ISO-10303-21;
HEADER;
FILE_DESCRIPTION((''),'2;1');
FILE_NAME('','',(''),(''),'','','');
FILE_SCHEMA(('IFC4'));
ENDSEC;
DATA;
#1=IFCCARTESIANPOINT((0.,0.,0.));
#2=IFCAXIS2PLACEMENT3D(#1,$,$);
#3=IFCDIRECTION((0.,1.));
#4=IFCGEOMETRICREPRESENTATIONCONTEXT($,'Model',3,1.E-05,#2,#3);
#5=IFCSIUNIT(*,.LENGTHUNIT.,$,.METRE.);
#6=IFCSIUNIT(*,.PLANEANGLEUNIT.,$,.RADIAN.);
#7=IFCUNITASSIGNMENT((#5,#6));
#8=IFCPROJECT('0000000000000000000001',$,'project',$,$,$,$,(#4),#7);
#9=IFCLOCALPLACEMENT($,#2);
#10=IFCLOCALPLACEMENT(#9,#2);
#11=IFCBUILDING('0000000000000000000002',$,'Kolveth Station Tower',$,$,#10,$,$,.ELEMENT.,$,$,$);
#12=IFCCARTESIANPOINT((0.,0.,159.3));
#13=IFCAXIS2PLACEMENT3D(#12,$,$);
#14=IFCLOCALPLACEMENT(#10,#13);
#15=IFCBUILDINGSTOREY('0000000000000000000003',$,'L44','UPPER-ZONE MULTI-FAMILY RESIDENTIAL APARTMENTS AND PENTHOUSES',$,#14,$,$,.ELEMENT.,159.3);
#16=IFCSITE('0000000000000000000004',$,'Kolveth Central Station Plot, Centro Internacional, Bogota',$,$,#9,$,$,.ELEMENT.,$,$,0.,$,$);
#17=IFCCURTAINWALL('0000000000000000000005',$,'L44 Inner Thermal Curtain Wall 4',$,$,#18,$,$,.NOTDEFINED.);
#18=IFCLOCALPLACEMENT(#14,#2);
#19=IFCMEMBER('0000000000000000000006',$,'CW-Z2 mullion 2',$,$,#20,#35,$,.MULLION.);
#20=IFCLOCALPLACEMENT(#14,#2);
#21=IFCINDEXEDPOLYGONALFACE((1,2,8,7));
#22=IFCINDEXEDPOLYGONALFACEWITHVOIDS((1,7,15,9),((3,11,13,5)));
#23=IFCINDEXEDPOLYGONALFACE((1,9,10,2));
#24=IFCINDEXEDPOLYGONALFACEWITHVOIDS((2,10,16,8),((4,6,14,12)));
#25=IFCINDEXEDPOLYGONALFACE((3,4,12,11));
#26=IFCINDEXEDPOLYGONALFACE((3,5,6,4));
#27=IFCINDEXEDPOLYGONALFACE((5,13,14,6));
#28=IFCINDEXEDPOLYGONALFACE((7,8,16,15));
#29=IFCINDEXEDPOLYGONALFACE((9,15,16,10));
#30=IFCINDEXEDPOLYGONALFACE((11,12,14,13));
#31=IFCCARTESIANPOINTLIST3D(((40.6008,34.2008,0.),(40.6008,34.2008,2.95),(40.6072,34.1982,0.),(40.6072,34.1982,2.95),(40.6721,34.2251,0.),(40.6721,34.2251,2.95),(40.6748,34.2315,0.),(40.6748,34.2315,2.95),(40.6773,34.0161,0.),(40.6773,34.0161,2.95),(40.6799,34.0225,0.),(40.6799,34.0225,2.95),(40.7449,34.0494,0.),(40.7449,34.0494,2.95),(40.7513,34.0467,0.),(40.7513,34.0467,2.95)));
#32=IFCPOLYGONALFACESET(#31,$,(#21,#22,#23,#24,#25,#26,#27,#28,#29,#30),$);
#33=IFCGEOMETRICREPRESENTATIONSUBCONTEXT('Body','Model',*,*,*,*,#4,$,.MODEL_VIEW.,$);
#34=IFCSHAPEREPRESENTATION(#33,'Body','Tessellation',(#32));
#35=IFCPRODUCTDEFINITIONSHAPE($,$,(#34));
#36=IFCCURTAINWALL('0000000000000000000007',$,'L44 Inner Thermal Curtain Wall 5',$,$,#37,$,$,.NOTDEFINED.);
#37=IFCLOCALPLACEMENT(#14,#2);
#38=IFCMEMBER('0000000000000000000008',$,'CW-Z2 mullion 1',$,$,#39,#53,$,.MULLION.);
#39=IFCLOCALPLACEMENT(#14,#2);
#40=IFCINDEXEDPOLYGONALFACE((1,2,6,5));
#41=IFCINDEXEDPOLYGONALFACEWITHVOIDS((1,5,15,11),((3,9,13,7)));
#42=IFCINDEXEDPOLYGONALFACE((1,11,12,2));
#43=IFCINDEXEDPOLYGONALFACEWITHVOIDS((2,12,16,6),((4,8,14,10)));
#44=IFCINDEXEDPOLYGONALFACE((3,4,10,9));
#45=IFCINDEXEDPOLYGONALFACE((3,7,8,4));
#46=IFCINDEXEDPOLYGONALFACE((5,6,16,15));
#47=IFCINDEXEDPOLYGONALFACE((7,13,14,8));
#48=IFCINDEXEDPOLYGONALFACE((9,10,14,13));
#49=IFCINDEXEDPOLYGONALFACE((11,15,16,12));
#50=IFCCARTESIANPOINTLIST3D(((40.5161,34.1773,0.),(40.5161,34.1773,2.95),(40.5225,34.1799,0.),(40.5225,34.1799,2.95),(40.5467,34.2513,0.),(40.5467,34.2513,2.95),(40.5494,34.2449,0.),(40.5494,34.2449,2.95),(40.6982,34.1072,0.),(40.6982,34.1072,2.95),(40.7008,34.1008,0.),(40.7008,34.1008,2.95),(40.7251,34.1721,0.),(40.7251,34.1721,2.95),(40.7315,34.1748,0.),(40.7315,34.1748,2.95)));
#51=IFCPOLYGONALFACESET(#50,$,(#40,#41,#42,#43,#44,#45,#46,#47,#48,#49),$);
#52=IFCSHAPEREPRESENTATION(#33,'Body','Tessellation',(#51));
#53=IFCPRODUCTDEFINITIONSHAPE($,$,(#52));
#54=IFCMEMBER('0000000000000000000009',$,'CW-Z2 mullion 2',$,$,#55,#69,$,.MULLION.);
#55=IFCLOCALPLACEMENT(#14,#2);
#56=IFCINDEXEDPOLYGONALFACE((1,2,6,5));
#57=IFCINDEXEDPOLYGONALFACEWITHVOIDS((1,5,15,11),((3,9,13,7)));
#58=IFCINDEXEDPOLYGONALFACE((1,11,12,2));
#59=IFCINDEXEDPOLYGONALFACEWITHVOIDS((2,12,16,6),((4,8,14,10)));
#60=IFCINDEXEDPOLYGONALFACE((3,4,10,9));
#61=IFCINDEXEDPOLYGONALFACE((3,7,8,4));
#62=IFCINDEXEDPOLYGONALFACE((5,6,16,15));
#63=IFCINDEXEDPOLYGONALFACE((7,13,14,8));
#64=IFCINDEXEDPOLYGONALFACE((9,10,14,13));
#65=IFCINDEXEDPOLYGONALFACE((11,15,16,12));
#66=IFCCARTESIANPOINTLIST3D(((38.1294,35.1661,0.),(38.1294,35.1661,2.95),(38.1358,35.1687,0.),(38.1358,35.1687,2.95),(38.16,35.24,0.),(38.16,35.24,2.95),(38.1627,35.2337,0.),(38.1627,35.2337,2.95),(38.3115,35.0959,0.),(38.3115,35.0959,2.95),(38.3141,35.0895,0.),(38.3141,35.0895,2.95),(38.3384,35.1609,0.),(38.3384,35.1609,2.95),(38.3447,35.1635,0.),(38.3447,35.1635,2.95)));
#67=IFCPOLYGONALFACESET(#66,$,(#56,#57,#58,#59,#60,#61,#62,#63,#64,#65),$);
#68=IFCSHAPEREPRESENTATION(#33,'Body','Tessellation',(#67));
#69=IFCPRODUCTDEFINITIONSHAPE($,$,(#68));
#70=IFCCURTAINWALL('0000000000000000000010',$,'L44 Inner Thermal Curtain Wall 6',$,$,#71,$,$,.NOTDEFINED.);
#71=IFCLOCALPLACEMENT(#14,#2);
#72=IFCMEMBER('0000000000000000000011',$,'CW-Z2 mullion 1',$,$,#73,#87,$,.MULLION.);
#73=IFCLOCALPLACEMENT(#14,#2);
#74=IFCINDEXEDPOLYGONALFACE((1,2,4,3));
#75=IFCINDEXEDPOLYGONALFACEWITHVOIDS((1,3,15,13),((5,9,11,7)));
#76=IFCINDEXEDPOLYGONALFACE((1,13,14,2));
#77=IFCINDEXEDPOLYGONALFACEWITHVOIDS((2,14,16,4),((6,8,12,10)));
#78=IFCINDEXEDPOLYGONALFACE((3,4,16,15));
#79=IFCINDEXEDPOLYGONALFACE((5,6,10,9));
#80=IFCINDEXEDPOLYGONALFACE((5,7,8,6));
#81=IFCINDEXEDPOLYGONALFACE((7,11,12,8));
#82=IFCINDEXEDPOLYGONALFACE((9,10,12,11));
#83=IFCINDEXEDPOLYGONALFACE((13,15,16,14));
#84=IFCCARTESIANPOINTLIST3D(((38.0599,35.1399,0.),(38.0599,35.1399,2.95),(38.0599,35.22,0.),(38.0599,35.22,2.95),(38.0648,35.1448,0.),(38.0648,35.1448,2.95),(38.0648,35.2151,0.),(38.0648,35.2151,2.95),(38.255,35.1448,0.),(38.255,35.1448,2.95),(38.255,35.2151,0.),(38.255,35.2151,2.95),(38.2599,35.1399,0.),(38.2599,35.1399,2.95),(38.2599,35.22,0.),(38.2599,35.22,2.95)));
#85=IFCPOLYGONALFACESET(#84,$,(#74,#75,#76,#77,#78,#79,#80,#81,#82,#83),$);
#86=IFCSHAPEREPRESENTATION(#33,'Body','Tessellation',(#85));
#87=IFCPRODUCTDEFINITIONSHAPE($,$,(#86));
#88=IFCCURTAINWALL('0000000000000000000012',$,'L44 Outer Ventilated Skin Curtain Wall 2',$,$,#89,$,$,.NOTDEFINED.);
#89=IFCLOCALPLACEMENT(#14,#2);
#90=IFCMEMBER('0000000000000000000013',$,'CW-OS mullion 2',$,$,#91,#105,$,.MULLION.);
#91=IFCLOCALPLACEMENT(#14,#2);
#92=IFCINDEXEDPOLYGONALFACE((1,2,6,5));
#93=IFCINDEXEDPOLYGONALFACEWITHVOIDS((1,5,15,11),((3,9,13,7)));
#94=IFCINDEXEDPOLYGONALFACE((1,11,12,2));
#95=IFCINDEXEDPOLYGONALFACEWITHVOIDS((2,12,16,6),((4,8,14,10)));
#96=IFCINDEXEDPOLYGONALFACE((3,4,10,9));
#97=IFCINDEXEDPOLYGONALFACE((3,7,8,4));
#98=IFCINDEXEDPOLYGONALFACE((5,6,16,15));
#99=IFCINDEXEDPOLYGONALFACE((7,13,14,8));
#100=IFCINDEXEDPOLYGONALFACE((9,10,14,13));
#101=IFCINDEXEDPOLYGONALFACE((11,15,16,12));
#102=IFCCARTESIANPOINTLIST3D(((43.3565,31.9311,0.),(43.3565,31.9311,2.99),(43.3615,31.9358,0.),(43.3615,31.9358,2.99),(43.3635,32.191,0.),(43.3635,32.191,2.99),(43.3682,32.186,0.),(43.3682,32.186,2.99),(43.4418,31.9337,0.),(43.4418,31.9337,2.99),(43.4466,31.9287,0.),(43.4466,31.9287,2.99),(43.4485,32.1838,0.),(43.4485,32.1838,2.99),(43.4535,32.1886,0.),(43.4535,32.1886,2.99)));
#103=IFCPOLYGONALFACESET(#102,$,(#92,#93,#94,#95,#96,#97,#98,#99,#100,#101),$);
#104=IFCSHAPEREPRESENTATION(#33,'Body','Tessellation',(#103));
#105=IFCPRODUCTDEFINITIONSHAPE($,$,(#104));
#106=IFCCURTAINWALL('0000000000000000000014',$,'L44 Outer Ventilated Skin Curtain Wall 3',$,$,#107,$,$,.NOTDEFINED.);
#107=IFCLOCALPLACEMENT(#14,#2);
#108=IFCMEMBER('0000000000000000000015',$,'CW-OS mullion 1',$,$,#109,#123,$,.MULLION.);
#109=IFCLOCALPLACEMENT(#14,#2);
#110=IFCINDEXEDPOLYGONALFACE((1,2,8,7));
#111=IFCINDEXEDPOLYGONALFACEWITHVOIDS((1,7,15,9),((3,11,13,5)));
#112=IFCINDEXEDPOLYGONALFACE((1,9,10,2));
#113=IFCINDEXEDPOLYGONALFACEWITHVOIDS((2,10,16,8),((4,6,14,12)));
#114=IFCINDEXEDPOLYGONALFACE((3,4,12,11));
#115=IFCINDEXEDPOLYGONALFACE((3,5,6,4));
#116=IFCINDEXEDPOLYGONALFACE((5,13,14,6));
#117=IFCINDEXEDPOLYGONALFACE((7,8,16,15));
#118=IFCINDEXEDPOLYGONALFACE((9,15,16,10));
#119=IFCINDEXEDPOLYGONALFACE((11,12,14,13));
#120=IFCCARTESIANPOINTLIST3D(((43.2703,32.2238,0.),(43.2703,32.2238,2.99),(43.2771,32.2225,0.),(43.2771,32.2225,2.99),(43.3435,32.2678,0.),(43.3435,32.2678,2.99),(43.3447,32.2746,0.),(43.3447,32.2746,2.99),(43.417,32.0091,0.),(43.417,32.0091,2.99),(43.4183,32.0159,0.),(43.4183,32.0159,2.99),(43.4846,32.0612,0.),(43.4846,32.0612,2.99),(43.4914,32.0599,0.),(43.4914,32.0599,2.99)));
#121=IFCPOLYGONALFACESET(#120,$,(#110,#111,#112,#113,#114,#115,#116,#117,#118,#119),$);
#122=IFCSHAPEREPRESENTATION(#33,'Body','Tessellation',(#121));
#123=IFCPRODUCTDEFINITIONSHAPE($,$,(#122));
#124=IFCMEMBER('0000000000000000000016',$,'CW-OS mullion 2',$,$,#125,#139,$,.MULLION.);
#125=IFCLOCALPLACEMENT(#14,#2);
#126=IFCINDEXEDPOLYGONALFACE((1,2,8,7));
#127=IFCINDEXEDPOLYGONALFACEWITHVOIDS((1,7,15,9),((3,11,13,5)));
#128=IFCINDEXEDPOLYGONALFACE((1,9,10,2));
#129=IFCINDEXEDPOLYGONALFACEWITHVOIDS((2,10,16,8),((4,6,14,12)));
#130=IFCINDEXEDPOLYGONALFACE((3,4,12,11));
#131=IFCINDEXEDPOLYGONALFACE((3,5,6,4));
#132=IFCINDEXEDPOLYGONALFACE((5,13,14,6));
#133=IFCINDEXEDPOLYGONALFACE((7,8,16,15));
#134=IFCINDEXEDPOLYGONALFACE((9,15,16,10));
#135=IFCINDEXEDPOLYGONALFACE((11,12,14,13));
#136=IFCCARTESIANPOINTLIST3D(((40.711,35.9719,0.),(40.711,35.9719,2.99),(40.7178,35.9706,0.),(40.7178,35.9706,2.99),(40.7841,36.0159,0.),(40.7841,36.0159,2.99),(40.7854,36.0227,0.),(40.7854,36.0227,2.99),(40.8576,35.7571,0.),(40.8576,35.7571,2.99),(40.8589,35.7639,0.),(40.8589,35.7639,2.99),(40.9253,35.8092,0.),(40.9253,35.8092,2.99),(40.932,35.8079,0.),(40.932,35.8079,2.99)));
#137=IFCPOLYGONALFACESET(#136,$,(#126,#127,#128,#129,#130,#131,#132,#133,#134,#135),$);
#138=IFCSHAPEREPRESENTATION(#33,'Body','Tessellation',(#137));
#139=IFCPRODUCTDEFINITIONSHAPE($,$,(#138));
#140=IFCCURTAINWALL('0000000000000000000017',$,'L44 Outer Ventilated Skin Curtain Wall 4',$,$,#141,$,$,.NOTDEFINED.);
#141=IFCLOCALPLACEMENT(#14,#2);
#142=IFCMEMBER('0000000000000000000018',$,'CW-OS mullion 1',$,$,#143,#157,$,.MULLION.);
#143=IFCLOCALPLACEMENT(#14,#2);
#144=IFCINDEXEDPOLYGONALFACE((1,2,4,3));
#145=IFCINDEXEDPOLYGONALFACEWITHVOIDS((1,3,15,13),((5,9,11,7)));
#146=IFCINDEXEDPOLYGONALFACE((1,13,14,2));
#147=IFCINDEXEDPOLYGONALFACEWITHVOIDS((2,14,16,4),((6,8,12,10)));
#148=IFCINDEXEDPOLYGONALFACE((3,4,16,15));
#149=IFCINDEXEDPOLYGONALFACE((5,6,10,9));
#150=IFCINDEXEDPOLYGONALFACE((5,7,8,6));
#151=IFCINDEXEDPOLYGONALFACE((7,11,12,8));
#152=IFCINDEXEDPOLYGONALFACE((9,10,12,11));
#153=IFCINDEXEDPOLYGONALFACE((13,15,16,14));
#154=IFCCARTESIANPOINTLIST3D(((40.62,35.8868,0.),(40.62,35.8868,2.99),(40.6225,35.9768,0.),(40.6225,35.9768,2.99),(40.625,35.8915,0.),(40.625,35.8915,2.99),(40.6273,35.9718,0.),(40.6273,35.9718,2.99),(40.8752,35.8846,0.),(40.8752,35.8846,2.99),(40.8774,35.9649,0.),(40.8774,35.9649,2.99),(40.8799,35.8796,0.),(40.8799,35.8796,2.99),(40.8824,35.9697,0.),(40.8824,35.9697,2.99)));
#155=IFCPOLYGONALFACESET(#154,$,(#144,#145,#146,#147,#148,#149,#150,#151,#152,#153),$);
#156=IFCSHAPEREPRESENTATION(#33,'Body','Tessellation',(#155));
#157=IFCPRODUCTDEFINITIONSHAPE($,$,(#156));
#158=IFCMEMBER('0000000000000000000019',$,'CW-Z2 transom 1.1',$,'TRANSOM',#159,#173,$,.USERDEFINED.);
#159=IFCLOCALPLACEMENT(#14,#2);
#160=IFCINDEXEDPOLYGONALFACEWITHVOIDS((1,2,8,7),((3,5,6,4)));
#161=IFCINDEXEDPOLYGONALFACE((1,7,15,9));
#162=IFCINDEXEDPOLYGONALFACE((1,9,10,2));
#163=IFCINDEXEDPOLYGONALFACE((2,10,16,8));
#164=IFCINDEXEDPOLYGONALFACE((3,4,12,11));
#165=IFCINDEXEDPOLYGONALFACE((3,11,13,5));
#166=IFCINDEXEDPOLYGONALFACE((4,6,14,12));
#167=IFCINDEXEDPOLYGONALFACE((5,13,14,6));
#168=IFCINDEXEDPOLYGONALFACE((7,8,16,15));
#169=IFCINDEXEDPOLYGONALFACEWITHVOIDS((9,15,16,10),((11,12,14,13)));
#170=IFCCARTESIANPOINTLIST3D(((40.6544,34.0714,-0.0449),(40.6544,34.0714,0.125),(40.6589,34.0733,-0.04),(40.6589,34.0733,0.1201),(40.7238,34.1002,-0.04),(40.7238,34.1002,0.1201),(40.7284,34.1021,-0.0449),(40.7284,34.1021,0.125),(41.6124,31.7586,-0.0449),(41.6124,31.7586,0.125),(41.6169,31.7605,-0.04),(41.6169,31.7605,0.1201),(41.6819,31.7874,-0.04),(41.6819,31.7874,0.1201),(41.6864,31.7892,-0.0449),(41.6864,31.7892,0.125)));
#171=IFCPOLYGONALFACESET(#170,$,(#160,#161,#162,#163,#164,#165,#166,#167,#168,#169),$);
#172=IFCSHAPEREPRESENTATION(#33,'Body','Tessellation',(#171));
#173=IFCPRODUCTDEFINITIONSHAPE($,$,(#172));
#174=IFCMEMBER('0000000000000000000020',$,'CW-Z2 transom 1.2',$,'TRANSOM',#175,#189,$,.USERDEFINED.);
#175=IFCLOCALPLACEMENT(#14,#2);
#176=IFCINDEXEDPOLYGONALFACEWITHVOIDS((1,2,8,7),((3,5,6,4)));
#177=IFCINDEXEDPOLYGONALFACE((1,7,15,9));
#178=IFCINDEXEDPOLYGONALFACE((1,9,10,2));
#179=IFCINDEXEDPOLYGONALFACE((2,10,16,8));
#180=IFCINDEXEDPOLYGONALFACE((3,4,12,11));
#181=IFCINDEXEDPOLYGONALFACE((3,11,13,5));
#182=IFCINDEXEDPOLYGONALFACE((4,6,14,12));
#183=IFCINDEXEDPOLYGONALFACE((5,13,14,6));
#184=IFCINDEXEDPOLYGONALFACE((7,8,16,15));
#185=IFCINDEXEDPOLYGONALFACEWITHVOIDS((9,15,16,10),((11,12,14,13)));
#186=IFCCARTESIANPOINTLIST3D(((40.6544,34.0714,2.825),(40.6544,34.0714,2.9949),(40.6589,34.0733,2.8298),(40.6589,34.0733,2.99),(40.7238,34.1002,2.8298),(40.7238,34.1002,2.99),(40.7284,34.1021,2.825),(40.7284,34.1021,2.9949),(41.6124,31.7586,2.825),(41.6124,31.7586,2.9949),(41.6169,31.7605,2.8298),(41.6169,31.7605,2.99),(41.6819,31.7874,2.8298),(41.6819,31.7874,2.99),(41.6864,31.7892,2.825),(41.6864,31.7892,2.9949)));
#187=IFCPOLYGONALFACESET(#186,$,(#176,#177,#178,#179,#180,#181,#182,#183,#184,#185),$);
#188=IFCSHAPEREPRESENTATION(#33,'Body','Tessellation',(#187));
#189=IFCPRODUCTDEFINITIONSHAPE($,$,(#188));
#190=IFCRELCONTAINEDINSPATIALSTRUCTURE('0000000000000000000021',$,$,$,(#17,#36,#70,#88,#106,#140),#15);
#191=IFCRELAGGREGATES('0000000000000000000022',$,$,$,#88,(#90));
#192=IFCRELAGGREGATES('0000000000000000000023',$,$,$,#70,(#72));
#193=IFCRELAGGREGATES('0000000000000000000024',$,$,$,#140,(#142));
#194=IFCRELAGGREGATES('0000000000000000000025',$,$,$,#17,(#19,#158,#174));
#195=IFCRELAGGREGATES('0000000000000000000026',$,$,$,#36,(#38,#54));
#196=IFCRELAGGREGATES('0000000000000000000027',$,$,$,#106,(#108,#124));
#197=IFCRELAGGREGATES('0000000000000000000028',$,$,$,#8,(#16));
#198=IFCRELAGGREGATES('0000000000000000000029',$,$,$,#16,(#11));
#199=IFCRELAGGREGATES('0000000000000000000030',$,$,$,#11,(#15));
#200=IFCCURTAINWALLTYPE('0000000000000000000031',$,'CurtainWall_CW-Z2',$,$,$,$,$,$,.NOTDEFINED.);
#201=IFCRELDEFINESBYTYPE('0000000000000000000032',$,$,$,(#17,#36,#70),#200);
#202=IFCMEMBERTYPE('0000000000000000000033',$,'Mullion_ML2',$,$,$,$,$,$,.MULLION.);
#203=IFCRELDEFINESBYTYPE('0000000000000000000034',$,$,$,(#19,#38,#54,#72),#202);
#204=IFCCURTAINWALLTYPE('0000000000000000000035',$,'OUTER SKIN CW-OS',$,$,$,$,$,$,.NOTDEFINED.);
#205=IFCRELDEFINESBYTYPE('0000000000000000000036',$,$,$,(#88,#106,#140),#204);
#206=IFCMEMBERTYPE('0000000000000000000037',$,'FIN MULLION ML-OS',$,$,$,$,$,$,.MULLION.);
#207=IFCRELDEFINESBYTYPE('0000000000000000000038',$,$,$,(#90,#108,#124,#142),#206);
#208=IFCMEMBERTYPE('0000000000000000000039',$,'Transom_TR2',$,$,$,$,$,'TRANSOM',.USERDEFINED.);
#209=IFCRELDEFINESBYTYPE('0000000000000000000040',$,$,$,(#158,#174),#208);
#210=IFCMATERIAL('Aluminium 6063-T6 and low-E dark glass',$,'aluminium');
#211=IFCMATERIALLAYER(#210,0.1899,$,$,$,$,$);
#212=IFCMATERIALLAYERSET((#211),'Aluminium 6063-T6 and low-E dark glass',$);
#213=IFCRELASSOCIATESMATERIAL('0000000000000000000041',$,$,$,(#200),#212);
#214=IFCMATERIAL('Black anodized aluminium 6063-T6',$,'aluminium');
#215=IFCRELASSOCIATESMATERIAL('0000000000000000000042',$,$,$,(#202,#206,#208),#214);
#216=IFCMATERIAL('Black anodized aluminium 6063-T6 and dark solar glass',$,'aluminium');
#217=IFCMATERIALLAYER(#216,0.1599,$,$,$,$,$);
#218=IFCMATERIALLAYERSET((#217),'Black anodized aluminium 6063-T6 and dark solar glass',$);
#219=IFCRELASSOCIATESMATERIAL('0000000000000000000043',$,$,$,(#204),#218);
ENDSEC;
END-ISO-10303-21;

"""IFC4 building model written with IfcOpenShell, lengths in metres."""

from ifc_helpers import new_model, si_unit, direction, frame, origin, origin_2d, place, context, subcontext, project, spatial, hollow_rectangle, extrude, source, transform, mapped, material, layer, layer_set, material_profile, profile_set, type_object, element, aggregate, save


model = new_model("IFC4")

# Units and contexts
model_context = context("Model", 3, precision=1e-05, world=origin(), true_north=direction((0.0, 1.0)))
body_context = subcontext(model_context, "Body", "Model", "MODEL_VIEW")
ifc_project = project(units=[si_unit("LENGTHUNIT", "METRE"), si_unit("PLANEANGLEUNIT", "RADIAN")], contexts=[model_context])

# Site, building, storey
site_placement = place(None, origin())
site = spatial("IfcSite", under=ifc_project, at=site_placement, Name="Kolveth Central Station Plot, Centro Internacional, Bogota", CompositionType="ELEMENT", RefElevation=0.0)
building_placement = place(site_placement, origin())
building = spatial("IfcBuilding", under=site, at=building_placement, Name="Kolveth Station Tower", CompositionType="ELEMENT")
storey_placement = place(building_placement, frame((0.0, 0.0, 159.3)))
storey = spatial("IfcBuildingStorey", under=building, at=storey_placement, Name="L44", Description="UPPER-ZONE MULTI-FAMILY RESIDENTIAL APARTMENTS AND PENTHOUSES", CompositionType="ELEMENT", Elevation=159.3)

# Curtain wall, member
ifc_material_1 = material(Name="Aluminium 6063-T6 and low-E dark glass", Category="aluminium")
ifc_layer_1 = layer(ifc_material_1, 0.1899)
ifc_layer_set_1 = layer_set([ifc_layer_1], Name="Aluminium 6063-T6 and low-E dark glass")
curtain_wall_type_1 = type_object("IfcCurtainWallType", Name="CurtainWall_CW-Z2", PredefinedType="NOTDEFINED", material=ifc_layer_set_1)
curtain_wall_1_placement = place(storey_placement, origin())
curtain_wall_1 = element("IfcCurtainWall", 1, at=curtain_wall_1_placement, inside=storey, type_object=curtain_wall_type_1, Name="L44 Inner Thermal Curtain Wall 4", PredefinedType="NOTDEFINED")
ifc_material_2 = material(Name="Black anodized aluminium 6063-T6", Category="aluminium")
ifc_material_profile_1 = material_profile(ifc_material_2, hollow_rectangle(XDim=0.0801, YDim=0.2, WallThickness=0.0049, at=origin_2d()), Name="ALU-80x200x5")
ifc_profile_set_1 = profile_set([ifc_material_profile_1], Name="Black anodized aluminium 6063-T6")
member_type_1 = type_object("IfcMemberType", Name="Mullion_ML2", PredefinedType="MULLION", material=ifc_profile_set_1)
shared_shape_1 = source(origin(), body_context, "Body", "SweptSolid", [
    extrude(hollow_rectangle(XDim=0.0801, YDim=0.2, WallThickness=0.0049, at=origin_2d()), origin(), (0.0, 0.0, 1.0), 2.95),
])
member_1_placement = place(storey_placement, frame((40.676, 34.1238, 0.0), z_axis=(0.0, 0.0, 1.0), x_axis=(-0.923874, -0.382698, 0.0)))
member_1 = element("IfcMember", 2, at=member_1_placement, type_object=member_type_1, Name="CW-Z2 mullion 2", PredefinedType="MULLION", context=body_context, shape_type="MappedRepresentation", body=[
    mapped(shared_shape_1, transform((0.0, 0.0, 0.0), x_axis=(1.0, 0.0, 0.0), y_axis=(0.0, 1.0, 0.0), z_axis=(0.0, 0.0, 1.0), scale=1.0)),
])

# Curtain wall, members
curtain_wall_2_placement = place(storey_placement, origin())
curtain_wall_2 = element("IfcCurtainWall", 3, at=curtain_wall_2_placement, inside=storey, type_object=curtain_wall_type_1, Name="L44 Inner Thermal Curtain Wall 5", PredefinedType="NOTDEFINED")
member_2_placement = place(storey_placement, frame((40.6238, 34.176, 0.0), z_axis=(0.0, 0.0, 1.0), x_axis=(-0.382698, -0.923874, 0.0)))
member_2 = element("IfcMember", 4, at=member_2_placement, type_object=member_type_1, Name="CW-Z2 mullion 1", PredefinedType="MULLION", context=body_context, shape_type="MappedRepresentation", body=[
    mapped(shared_shape_1, transform((0.0, 0.0, 0.0), x_axis=(1.0, 0.0, 0.0), y_axis=(0.0, 1.0, 0.0), z_axis=(0.0, 0.0, 1.0), scale=1.0)),
])
member_3_placement = place(storey_placement, frame((38.2371, 35.1648, 0.0), z_axis=(0.0, 0.0, 1.0), x_axis=(-0.382698, -0.923874, 0.0)))
member_3 = element("IfcMember", 5, at=member_3_placement, type_object=member_type_1, Name="CW-Z2 mullion 2", PredefinedType="MULLION", context=body_context, shape_type="MappedRepresentation", body=[
    mapped(shared_shape_1, transform((0.0, 0.0, 0.0), x_axis=(1.0, 0.0, 0.0), y_axis=(0.0, 1.0, 0.0), z_axis=(0.0, 0.0, 1.0), scale=1.0)),
])

# Curtain walls, members
curtain_wall_3_placement = place(storey_placement, origin())
curtain_wall_3 = element("IfcCurtainWall", 6, at=curtain_wall_3_placement, inside=storey, type_object=curtain_wall_type_1, Name="L44 Inner Thermal Curtain Wall 6", PredefinedType="NOTDEFINED")
member_4_placement = place(storey_placement, frame((38.1599, 35.1799, 0.0), z_axis=(0.0, 0.0, 1.0), x_axis=(0.0, -1.0, 0.0)))
member_4 = element("IfcMember", 7, at=member_4_placement, type_object=member_type_1, Name="CW-Z2 mullion 1", PredefinedType="MULLION", context=body_context, shape_type="MappedRepresentation", body=[
    mapped(shared_shape_1, transform((0.0, 0.0, 0.0), x_axis=(1.0, 0.0, 0.0), y_axis=(0.0, 1.0, 0.0), z_axis=(0.0, 0.0, 1.0), scale=1.0)),
])
ifc_material_3 = material(Name="Black anodized aluminium 6063-T6 and dark solar glass", Category="aluminium")
ifc_layer_2 = layer(ifc_material_3, 0.1599)
ifc_layer_set_2 = layer_set([ifc_layer_2], Name="Black anodized aluminium 6063-T6 and dark solar glass")
curtain_wall_type_2 = type_object("IfcCurtainWallType", Name="OUTER SKIN CW-OS", PredefinedType="NOTDEFINED", material=ifc_layer_set_2)
curtain_wall_4_placement = place(storey_placement, origin())
curtain_wall_4 = element("IfcCurtainWall", 8, at=curtain_wall_4_placement, inside=storey, type_object=curtain_wall_type_2, Name="L44 Outer Ventilated Skin Curtain Wall 2", PredefinedType="NOTDEFINED")
ifc_material_profile_2 = material_profile(ifc_material_2, hollow_rectangle(XDim=0.0901, YDim=0.26, WallThickness=0.0049, at=origin_2d()), Name="ALU-90x260x5")
ifc_profile_set_2 = profile_set([ifc_material_profile_2], Name="Black anodized aluminium 6063-T6")
member_type_2 = type_object("IfcMemberType", Name="FIN MULLION ML-OS", PredefinedType="MULLION", material=ifc_profile_set_2)
shared_shape_2 = source(origin(), body_context, "Body", "SweptSolid", [
    extrude(hollow_rectangle(XDim=0.0901, YDim=0.26, WallThickness=0.0049, at=origin_2d()), origin(), (0.0, 0.0, 1.0), 2.99),
])
member_5_placement = place(storey_placement, frame((43.405, 32.0598, 0.0), z_axis=(0.0, 0.0, 1.0), x_axis=(-0.999645, 0.026637, 0.0)))
member_5 = element("IfcMember", 9, at=member_5_placement, type_object=member_type_2, Name="CW-OS mullion 2", PredefinedType="MULLION", context=body_context, shape_type="MappedRepresentation", body=[
    mapped(shared_shape_2, transform((0.0, 0.0, 0.0), x_axis=(1.0, 0.0, 0.0), y_axis=(0.0, 1.0, 0.0), z_axis=(0.0, 0.0, 1.0), scale=1.0)),
])
aggregate(curtain_wall_4, [member_5])

# Curtain wall, members
curtain_wall_5_placement = place(storey_placement, origin())
curtain_wall_5 = element("IfcCurtainWall", 10, at=curtain_wall_5_placement, inside=storey, type_object=curtain_wall_type_2, Name="L44 Outer Ventilated Skin Curtain Wall 3", PredefinedType="NOTDEFINED")
member_6_placement = place(storey_placement, frame((43.3809, 32.1418, 0.0), z_axis=(0.0, 0.0, 1.0), x_axis=(-0.825819, -0.563935, 0.0)))
member_6 = element("IfcMember", 11, at=member_6_placement, type_object=member_type_2, Name="CW-OS mullion 1", PredefinedType="MULLION", context=body_context, shape_type="MappedRepresentation", body=[
    mapped(shared_shape_2, transform((0.0, 0.0, 0.0), x_axis=(1.0, 0.0, 0.0), y_axis=(0.0, 1.0, 0.0), z_axis=(0.0, 0.0, 1.0), scale=1.0)),
])
member_7_placement = place(storey_placement, frame((40.8215, 35.8899, 0.0), z_axis=(0.0, 0.0, 1.0), x_axis=(-0.825819, -0.563935, 0.0)))
member_7 = element("IfcMember", 12, at=member_7_placement, type_object=member_type_2, Name="CW-OS mullion 2", PredefinedType="MULLION", context=body_context, shape_type="MappedRepresentation", body=[
    mapped(shared_shape_2, transform((0.0, 0.0, 0.0), x_axis=(1.0, 0.0, 0.0), y_axis=(0.0, 1.0, 0.0), z_axis=(0.0, 0.0, 1.0), scale=1.0)),
])

# Curtain wall, member
curtain_wall_6_placement = place(storey_placement, origin())
curtain_wall_6 = element("IfcCurtainWall", 13, at=curtain_wall_6_placement, inside=storey, type_object=curtain_wall_type_2, Name="L44 Outer Ventilated Skin Curtain Wall 4", PredefinedType="NOTDEFINED")
member_8_placement = place(storey_placement, frame((40.7512, 35.9282, 0.0), z_axis=(0.0, 0.0, 1.0), x_axis=(-0.027569, -0.99962, 0.0)))
member_8 = element("IfcMember", 14, at=member_8_placement, type_object=member_type_2, Name="CW-OS mullion 1", PredefinedType="MULLION", context=body_context, shape_type="MappedRepresentation", body=[
    mapped(shared_shape_2, transform((0.0, 0.0, 0.0), x_axis=(1.0, 0.0, 0.0), y_axis=(0.0, 1.0, 0.0), z_axis=(0.0, 0.0, 1.0), scale=1.0)),
])

# Members
ifc_material_profile_3 = material_profile(ifc_material_2, hollow_rectangle(XDim=0.0801, YDim=0.1699, WallThickness=0.0049, at=origin_2d()), Name="ALU-80x170x5")
ifc_profile_set_3 = profile_set([ifc_material_profile_3], Name="Black anodized aluminium 6063-T6")
member_type_3 = type_object("IfcMemberType", Name="Transom_TR2", ElementType="TRANSOM", PredefinedType="USERDEFINED", material=ifc_profile_set_3)
shared_shape_3 = source(origin(), body_context, "Body", "SweptSolid", [
    extrude(hollow_rectangle(XDim=0.0801, YDim=0.1699, WallThickness=0.0049, at=origin_2d()), origin(), (0.0, 0.0, 1.0), 2.5034),
])
member_9_placement = place(storey_placement, frame((41.6494, 31.7739, 0.04), z_axis=(-0.382696, 0.923874, 0.0), x_axis=(-0.923874, -0.382696, 0.0)))
member_9 = element("IfcMember", 15, at=member_9_placement, type_object=member_type_3, Name="CW-Z2 transom 1.1", ObjectType="TRANSOM", PredefinedType="USERDEFINED", context=body_context, shape_type="MappedRepresentation", body=[
    mapped(shared_shape_3, transform((0.0, 0.0, 0.0), x_axis=(1.0, 0.0, 0.0), y_axis=(0.0, 1.0, 0.0), z_axis=(0.0, 0.0, 1.0), scale=1.0)),
])
member_10_placement = place(storey_placement, frame((41.6494, 31.7739, 2.9099), z_axis=(-0.382696, 0.923874, 0.0), x_axis=(-0.923874, -0.382696, 0.0)))
member_10 = element("IfcMember", 16, at=member_10_placement, type_object=member_type_3, Name="CW-Z2 transom 1.2", ObjectType="TRANSOM", PredefinedType="USERDEFINED", context=body_context, shape_type="MappedRepresentation", body=[
    mapped(shared_shape_3, transform((0.0, 0.0, 0.0), x_axis=(1.0, 0.0, 0.0), y_axis=(0.0, 1.0, 0.0), z_axis=(0.0, 0.0, 1.0), scale=1.0)),
])
aggregate(curtain_wall_3, [member_4])
aggregate(curtain_wall_6, [member_8])

aggregate(curtain_wall_1, [member_1, member_9, member_10])
aggregate(curtain_wall_2, [member_2, member_3])
aggregate(curtain_wall_5, [member_6, member_7])

save(model, "model.ifc")
